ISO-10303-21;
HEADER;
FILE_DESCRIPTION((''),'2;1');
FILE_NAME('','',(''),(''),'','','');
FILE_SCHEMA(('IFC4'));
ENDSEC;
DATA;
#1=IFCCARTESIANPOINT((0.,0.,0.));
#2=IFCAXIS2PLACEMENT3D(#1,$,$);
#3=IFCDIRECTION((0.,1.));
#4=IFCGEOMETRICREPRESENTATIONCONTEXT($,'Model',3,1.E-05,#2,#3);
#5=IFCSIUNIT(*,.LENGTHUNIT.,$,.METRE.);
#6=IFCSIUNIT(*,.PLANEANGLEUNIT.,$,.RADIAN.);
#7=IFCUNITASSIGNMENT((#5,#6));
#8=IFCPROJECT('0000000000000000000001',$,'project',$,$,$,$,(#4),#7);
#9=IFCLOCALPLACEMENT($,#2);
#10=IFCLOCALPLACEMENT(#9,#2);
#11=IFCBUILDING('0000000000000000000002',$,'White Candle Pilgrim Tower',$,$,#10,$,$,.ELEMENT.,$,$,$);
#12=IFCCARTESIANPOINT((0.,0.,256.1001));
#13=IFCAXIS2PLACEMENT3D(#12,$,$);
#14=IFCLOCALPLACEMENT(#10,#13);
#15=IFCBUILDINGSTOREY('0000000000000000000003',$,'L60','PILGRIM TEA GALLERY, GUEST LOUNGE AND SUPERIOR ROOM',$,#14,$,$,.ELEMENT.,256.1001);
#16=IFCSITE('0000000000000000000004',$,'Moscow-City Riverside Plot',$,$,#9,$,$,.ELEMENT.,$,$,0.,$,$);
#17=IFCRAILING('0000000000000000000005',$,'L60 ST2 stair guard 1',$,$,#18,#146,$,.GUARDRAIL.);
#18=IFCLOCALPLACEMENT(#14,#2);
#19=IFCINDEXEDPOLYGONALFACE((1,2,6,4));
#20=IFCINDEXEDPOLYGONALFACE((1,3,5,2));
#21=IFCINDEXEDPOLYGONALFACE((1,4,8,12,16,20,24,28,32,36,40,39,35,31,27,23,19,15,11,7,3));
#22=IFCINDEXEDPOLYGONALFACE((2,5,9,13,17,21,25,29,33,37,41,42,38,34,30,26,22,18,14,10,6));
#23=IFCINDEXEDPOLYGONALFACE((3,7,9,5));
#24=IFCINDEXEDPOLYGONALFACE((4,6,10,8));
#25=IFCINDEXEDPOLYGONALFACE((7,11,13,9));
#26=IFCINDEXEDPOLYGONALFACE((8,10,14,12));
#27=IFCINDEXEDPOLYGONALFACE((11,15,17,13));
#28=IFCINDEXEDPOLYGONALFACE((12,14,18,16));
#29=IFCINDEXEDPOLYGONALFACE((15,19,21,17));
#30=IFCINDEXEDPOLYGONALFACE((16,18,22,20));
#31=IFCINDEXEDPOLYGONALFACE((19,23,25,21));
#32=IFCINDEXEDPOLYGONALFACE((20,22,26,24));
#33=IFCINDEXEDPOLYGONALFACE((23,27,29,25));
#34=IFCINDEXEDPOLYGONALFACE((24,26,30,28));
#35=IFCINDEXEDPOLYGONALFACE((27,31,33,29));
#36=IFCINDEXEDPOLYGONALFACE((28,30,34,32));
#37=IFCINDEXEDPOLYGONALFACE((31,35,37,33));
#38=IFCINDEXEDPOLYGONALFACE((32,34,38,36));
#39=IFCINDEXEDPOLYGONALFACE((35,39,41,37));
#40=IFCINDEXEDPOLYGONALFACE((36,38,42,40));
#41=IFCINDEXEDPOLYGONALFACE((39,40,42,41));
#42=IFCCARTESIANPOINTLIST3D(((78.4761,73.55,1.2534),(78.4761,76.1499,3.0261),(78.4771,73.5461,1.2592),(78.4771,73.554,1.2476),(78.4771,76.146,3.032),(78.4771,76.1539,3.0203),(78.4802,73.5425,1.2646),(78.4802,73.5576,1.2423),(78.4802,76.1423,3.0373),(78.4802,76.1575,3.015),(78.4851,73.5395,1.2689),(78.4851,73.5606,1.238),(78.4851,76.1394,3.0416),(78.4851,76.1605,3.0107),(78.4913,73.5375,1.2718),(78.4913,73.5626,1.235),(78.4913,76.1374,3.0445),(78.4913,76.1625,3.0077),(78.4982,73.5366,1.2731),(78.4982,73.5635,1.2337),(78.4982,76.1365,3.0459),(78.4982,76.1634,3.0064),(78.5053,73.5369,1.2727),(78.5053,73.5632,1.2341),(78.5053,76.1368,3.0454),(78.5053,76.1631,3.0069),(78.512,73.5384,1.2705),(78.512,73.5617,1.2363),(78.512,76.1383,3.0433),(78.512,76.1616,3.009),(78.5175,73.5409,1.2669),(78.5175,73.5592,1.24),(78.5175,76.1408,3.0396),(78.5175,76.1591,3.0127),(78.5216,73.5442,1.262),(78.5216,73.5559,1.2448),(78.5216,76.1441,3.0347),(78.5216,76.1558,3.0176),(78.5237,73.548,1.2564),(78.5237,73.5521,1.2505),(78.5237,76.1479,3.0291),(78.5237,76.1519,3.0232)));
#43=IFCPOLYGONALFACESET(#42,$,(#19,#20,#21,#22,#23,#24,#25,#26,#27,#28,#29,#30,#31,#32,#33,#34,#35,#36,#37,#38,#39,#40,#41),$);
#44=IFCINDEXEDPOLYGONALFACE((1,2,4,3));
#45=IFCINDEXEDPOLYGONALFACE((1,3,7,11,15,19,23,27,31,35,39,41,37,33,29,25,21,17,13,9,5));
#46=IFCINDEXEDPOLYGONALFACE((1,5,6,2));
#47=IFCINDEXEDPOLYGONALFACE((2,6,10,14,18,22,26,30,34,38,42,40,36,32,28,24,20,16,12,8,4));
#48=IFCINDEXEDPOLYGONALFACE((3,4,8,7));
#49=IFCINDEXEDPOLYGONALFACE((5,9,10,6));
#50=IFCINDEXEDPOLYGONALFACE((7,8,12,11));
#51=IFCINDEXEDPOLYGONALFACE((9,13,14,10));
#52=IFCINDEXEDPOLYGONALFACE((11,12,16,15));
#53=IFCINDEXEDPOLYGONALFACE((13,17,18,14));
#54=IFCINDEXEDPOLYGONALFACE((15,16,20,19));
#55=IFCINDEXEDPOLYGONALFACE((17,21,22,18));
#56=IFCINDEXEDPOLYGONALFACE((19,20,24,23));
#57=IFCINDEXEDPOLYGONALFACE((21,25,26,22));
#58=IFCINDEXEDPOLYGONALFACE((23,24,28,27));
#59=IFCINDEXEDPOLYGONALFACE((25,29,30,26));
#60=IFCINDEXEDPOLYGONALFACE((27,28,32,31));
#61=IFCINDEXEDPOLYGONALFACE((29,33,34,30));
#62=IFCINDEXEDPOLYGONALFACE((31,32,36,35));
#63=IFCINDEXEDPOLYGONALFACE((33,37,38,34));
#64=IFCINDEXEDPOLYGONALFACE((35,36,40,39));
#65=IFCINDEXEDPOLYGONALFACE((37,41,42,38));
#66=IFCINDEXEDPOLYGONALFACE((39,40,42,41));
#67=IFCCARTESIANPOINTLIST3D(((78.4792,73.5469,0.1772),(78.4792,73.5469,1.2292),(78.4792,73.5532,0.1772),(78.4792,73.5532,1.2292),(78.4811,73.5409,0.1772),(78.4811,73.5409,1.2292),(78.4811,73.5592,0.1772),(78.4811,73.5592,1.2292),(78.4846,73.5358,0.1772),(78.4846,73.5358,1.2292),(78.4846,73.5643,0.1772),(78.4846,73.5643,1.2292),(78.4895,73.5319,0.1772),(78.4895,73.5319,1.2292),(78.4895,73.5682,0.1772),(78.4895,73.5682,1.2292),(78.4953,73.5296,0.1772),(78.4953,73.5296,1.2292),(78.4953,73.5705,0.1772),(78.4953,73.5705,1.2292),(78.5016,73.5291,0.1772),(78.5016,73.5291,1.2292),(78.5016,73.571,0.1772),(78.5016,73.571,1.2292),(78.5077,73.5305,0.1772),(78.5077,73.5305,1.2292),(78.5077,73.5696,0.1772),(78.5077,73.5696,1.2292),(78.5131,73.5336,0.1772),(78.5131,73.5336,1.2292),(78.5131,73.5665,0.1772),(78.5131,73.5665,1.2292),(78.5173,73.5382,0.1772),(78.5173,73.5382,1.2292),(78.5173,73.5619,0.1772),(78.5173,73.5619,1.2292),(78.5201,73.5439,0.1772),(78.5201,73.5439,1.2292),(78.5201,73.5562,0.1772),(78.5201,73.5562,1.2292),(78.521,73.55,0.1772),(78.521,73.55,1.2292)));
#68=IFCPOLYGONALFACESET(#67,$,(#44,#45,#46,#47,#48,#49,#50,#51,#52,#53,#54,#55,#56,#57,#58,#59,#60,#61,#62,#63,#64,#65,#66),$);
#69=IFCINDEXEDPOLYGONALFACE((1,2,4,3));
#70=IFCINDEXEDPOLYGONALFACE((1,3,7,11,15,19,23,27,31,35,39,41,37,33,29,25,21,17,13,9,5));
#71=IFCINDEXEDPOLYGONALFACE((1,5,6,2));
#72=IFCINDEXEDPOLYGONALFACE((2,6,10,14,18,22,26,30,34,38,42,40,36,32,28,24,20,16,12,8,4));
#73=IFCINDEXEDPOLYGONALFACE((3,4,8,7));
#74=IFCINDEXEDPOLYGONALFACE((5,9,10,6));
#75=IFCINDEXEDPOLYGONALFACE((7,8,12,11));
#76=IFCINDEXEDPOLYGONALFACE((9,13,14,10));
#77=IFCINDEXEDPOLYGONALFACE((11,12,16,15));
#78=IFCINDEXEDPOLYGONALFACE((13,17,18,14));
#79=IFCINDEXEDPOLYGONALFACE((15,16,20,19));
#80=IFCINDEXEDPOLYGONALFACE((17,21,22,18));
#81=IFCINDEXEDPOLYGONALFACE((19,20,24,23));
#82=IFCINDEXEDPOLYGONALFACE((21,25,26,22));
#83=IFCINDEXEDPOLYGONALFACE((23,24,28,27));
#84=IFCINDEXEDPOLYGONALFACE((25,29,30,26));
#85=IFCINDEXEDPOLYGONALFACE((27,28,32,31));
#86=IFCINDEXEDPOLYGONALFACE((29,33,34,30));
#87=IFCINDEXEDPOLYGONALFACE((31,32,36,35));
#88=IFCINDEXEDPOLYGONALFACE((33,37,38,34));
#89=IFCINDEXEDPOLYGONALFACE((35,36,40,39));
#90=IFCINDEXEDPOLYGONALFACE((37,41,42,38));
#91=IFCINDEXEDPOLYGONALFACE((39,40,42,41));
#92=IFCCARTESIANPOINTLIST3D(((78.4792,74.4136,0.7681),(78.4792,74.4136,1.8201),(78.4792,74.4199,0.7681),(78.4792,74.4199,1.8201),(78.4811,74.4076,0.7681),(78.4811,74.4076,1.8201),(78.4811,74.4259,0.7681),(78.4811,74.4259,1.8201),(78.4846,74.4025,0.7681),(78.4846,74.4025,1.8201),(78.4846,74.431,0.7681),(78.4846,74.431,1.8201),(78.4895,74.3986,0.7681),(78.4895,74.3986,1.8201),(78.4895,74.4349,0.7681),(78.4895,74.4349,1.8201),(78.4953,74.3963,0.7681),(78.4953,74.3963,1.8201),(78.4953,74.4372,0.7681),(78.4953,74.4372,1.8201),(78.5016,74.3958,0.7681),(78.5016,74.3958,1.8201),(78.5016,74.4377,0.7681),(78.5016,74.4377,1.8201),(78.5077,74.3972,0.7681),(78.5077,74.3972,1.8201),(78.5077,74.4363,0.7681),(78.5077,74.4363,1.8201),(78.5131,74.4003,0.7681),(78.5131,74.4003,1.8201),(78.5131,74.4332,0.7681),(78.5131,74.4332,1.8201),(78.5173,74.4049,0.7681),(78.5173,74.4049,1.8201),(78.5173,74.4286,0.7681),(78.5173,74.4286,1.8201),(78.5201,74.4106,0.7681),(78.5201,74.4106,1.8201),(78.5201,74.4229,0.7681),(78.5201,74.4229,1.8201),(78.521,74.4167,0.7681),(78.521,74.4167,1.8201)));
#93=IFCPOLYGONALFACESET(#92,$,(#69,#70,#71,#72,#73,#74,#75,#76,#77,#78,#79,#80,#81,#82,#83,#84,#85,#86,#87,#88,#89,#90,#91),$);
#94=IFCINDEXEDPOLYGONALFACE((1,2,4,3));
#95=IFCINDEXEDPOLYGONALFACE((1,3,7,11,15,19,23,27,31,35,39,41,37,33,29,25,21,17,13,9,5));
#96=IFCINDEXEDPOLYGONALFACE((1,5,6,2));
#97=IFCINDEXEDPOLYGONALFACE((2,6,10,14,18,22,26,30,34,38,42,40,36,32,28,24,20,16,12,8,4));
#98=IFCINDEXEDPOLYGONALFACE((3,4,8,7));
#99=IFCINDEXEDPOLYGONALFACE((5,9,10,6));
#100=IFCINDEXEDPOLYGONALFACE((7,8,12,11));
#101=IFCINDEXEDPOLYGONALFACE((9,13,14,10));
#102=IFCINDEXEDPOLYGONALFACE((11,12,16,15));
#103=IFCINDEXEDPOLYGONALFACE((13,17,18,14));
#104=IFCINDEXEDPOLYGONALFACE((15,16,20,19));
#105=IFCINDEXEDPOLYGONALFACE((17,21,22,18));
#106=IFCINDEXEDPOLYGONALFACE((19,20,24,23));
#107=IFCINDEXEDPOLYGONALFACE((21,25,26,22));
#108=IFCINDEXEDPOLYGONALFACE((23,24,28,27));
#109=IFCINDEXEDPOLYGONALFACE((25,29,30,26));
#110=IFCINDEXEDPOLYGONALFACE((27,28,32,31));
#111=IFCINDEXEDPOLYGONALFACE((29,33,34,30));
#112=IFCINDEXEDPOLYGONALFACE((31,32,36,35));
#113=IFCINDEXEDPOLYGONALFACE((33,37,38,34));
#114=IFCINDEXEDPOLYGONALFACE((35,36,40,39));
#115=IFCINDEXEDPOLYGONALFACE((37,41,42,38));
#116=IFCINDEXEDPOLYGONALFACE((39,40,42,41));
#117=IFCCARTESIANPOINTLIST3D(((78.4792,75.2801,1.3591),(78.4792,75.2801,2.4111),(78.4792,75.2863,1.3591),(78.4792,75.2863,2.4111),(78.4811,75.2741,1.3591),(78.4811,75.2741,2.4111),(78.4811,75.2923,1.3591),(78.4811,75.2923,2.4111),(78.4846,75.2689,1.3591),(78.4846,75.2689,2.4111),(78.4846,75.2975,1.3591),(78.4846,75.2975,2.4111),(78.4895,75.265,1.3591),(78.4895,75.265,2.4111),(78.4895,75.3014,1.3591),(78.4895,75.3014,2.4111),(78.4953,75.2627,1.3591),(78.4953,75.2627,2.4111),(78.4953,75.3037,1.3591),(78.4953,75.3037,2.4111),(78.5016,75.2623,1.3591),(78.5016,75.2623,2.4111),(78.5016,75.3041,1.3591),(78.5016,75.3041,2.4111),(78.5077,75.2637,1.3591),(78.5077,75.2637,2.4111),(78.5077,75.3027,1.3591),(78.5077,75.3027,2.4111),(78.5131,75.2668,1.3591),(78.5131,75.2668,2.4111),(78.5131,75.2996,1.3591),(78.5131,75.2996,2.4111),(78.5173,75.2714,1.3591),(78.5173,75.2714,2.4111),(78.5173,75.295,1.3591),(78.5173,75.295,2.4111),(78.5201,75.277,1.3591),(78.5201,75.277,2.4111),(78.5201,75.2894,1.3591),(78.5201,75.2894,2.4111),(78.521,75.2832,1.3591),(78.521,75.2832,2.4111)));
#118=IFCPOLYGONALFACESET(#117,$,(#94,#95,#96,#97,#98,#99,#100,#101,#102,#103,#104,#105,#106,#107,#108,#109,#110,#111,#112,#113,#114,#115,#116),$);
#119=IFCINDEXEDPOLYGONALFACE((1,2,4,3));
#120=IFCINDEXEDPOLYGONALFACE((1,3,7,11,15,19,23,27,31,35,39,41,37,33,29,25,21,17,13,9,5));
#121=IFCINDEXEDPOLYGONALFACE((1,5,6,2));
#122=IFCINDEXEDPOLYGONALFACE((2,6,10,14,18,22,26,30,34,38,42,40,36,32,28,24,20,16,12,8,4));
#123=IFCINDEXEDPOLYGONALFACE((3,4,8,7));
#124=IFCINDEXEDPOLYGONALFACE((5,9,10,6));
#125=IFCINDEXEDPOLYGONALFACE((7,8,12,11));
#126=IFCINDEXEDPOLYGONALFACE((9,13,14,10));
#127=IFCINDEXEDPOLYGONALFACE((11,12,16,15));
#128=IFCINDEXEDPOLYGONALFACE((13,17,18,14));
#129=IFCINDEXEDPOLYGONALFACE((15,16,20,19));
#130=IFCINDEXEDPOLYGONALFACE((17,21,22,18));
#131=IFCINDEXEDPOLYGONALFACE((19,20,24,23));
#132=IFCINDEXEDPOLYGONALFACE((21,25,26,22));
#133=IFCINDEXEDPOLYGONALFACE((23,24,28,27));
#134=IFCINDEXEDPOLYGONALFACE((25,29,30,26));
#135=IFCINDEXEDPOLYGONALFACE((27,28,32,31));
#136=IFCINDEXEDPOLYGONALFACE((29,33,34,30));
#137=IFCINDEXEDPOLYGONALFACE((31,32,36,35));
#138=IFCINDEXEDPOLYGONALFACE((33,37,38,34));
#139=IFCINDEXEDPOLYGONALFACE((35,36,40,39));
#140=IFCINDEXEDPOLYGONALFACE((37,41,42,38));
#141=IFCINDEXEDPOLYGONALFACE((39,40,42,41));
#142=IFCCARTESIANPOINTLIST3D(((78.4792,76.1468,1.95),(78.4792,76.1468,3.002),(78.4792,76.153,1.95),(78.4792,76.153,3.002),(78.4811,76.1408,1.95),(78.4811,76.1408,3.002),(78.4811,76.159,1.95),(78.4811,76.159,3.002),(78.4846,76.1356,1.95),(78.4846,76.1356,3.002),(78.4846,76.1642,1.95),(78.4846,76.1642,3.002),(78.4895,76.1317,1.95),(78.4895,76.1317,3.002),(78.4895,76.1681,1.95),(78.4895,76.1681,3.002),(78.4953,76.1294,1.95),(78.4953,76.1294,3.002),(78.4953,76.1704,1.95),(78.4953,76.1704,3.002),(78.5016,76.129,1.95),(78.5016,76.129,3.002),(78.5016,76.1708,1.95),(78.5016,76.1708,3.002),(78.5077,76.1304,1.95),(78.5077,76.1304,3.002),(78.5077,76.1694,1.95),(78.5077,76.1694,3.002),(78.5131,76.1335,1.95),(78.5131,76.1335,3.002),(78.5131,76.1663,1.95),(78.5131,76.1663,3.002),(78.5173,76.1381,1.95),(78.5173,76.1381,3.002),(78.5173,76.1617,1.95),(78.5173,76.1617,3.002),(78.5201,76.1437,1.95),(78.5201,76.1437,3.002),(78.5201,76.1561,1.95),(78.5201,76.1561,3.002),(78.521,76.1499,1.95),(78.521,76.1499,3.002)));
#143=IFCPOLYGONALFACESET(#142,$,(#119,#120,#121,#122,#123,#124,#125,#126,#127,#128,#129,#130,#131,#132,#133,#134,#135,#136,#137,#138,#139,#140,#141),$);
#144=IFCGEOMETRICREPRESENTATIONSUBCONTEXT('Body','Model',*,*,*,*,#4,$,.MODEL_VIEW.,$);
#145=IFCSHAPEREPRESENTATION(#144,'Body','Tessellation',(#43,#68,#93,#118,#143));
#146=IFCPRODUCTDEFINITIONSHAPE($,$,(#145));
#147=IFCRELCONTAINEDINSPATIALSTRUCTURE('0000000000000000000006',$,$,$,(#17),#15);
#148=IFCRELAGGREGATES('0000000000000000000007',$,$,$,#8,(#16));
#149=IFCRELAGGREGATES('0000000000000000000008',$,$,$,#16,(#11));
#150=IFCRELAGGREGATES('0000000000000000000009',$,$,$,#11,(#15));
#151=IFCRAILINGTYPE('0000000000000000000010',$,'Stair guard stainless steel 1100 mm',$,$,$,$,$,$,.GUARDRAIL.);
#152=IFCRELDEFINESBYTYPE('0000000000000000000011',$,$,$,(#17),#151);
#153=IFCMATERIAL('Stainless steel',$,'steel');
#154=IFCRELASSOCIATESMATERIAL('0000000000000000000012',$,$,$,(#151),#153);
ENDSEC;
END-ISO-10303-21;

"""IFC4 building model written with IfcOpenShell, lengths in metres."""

from ifc_helpers import new_model, si_unit, direction, frame, origin, origin_2d, place, context, subcontext, project, spatial, circle, extrude, material, type_object, element, save


model = new_model("IFC4")

# Units and contexts
model_context = context("Model", 3, precision=1e-05, world=origin(), true_north=direction((0.0, 1.0)))
body_context = subcontext(model_context, "Body", "Model", "MODEL_VIEW")
ifc_project = project(units=[si_unit("LENGTHUNIT", "METRE"), si_unit("PLANEANGLEUNIT", "RADIAN")], contexts=[model_context])

# Site, building, storey
site_placement = place(None, origin())
site = spatial("IfcSite", under=ifc_project, at=site_placement, Name="Moscow-City Riverside Plot", CompositionType="ELEMENT", RefElevation=0.0)
building_placement = place(site_placement, origin())
building = spatial("IfcBuilding", under=site, at=building_placement, Name="White Candle Pilgrim Tower", CompositionType="ELEMENT")
storey_placement = place(building_placement, frame((0.0, 0.0, 256.1001)))
storey = spatial("IfcBuildingStorey", under=building, at=storey_placement, Name="L60", Description="PILGRIM TEA GALLERY, GUEST LOUNGE AND SUPERIOR ROOM", CompositionType="ELEMENT", Elevation=256.1001)

# Railing
ifc_material_1 = material(Name="Stainless steel", Category="steel")
railing_type_1 = type_object("IfcRailingType", Name="Stair guard stainless steel 1100 mm", PredefinedType="GUARDRAIL", material=ifc_material_1)
railing_1_placement = place(storey_placement, frame((78.5, 73.55, 0.1772)))
element("IfcRailing", 1, at=railing_1_placement, inside=storey, type_object=railing_type_1, Name="L60 ST2 stair guard 1", PredefinedType="GUARDRAIL", context=body_context, shape_type="SweptSolid", body=[
    extrude(circle(Radius=0.0239, at=origin_2d()), frame((0.0, 0.0, 1.0762), z_axis=(0.0, 0.826216, 0.563354), x_axis=(-1.0, 0.0, 0.0)), (0.0, 0.0, 1.0), 3.1467),
    extrude(circle(Radius=0.021, at=origin_2d()), origin(), (0.0, 0.0, 1.0), 1.052),
    extrude(circle(Radius=0.021, at=origin_2d()), frame((0.0, 0.8667, 0.5908)), (0.0, 0.0, 1.0), 1.052),
    extrude(circle(Radius=0.021, at=origin_2d()), frame((0.0, 1.7332, 1.1819)), (0.0, 0.0, 1.0), 1.052),
    extrude(circle(Radius=0.021, at=origin_2d()), frame((0.0, 2.5999, 1.7727)), (0.0, 0.0, 1.0), 1.052),
])

save(model, "model.ifc")
